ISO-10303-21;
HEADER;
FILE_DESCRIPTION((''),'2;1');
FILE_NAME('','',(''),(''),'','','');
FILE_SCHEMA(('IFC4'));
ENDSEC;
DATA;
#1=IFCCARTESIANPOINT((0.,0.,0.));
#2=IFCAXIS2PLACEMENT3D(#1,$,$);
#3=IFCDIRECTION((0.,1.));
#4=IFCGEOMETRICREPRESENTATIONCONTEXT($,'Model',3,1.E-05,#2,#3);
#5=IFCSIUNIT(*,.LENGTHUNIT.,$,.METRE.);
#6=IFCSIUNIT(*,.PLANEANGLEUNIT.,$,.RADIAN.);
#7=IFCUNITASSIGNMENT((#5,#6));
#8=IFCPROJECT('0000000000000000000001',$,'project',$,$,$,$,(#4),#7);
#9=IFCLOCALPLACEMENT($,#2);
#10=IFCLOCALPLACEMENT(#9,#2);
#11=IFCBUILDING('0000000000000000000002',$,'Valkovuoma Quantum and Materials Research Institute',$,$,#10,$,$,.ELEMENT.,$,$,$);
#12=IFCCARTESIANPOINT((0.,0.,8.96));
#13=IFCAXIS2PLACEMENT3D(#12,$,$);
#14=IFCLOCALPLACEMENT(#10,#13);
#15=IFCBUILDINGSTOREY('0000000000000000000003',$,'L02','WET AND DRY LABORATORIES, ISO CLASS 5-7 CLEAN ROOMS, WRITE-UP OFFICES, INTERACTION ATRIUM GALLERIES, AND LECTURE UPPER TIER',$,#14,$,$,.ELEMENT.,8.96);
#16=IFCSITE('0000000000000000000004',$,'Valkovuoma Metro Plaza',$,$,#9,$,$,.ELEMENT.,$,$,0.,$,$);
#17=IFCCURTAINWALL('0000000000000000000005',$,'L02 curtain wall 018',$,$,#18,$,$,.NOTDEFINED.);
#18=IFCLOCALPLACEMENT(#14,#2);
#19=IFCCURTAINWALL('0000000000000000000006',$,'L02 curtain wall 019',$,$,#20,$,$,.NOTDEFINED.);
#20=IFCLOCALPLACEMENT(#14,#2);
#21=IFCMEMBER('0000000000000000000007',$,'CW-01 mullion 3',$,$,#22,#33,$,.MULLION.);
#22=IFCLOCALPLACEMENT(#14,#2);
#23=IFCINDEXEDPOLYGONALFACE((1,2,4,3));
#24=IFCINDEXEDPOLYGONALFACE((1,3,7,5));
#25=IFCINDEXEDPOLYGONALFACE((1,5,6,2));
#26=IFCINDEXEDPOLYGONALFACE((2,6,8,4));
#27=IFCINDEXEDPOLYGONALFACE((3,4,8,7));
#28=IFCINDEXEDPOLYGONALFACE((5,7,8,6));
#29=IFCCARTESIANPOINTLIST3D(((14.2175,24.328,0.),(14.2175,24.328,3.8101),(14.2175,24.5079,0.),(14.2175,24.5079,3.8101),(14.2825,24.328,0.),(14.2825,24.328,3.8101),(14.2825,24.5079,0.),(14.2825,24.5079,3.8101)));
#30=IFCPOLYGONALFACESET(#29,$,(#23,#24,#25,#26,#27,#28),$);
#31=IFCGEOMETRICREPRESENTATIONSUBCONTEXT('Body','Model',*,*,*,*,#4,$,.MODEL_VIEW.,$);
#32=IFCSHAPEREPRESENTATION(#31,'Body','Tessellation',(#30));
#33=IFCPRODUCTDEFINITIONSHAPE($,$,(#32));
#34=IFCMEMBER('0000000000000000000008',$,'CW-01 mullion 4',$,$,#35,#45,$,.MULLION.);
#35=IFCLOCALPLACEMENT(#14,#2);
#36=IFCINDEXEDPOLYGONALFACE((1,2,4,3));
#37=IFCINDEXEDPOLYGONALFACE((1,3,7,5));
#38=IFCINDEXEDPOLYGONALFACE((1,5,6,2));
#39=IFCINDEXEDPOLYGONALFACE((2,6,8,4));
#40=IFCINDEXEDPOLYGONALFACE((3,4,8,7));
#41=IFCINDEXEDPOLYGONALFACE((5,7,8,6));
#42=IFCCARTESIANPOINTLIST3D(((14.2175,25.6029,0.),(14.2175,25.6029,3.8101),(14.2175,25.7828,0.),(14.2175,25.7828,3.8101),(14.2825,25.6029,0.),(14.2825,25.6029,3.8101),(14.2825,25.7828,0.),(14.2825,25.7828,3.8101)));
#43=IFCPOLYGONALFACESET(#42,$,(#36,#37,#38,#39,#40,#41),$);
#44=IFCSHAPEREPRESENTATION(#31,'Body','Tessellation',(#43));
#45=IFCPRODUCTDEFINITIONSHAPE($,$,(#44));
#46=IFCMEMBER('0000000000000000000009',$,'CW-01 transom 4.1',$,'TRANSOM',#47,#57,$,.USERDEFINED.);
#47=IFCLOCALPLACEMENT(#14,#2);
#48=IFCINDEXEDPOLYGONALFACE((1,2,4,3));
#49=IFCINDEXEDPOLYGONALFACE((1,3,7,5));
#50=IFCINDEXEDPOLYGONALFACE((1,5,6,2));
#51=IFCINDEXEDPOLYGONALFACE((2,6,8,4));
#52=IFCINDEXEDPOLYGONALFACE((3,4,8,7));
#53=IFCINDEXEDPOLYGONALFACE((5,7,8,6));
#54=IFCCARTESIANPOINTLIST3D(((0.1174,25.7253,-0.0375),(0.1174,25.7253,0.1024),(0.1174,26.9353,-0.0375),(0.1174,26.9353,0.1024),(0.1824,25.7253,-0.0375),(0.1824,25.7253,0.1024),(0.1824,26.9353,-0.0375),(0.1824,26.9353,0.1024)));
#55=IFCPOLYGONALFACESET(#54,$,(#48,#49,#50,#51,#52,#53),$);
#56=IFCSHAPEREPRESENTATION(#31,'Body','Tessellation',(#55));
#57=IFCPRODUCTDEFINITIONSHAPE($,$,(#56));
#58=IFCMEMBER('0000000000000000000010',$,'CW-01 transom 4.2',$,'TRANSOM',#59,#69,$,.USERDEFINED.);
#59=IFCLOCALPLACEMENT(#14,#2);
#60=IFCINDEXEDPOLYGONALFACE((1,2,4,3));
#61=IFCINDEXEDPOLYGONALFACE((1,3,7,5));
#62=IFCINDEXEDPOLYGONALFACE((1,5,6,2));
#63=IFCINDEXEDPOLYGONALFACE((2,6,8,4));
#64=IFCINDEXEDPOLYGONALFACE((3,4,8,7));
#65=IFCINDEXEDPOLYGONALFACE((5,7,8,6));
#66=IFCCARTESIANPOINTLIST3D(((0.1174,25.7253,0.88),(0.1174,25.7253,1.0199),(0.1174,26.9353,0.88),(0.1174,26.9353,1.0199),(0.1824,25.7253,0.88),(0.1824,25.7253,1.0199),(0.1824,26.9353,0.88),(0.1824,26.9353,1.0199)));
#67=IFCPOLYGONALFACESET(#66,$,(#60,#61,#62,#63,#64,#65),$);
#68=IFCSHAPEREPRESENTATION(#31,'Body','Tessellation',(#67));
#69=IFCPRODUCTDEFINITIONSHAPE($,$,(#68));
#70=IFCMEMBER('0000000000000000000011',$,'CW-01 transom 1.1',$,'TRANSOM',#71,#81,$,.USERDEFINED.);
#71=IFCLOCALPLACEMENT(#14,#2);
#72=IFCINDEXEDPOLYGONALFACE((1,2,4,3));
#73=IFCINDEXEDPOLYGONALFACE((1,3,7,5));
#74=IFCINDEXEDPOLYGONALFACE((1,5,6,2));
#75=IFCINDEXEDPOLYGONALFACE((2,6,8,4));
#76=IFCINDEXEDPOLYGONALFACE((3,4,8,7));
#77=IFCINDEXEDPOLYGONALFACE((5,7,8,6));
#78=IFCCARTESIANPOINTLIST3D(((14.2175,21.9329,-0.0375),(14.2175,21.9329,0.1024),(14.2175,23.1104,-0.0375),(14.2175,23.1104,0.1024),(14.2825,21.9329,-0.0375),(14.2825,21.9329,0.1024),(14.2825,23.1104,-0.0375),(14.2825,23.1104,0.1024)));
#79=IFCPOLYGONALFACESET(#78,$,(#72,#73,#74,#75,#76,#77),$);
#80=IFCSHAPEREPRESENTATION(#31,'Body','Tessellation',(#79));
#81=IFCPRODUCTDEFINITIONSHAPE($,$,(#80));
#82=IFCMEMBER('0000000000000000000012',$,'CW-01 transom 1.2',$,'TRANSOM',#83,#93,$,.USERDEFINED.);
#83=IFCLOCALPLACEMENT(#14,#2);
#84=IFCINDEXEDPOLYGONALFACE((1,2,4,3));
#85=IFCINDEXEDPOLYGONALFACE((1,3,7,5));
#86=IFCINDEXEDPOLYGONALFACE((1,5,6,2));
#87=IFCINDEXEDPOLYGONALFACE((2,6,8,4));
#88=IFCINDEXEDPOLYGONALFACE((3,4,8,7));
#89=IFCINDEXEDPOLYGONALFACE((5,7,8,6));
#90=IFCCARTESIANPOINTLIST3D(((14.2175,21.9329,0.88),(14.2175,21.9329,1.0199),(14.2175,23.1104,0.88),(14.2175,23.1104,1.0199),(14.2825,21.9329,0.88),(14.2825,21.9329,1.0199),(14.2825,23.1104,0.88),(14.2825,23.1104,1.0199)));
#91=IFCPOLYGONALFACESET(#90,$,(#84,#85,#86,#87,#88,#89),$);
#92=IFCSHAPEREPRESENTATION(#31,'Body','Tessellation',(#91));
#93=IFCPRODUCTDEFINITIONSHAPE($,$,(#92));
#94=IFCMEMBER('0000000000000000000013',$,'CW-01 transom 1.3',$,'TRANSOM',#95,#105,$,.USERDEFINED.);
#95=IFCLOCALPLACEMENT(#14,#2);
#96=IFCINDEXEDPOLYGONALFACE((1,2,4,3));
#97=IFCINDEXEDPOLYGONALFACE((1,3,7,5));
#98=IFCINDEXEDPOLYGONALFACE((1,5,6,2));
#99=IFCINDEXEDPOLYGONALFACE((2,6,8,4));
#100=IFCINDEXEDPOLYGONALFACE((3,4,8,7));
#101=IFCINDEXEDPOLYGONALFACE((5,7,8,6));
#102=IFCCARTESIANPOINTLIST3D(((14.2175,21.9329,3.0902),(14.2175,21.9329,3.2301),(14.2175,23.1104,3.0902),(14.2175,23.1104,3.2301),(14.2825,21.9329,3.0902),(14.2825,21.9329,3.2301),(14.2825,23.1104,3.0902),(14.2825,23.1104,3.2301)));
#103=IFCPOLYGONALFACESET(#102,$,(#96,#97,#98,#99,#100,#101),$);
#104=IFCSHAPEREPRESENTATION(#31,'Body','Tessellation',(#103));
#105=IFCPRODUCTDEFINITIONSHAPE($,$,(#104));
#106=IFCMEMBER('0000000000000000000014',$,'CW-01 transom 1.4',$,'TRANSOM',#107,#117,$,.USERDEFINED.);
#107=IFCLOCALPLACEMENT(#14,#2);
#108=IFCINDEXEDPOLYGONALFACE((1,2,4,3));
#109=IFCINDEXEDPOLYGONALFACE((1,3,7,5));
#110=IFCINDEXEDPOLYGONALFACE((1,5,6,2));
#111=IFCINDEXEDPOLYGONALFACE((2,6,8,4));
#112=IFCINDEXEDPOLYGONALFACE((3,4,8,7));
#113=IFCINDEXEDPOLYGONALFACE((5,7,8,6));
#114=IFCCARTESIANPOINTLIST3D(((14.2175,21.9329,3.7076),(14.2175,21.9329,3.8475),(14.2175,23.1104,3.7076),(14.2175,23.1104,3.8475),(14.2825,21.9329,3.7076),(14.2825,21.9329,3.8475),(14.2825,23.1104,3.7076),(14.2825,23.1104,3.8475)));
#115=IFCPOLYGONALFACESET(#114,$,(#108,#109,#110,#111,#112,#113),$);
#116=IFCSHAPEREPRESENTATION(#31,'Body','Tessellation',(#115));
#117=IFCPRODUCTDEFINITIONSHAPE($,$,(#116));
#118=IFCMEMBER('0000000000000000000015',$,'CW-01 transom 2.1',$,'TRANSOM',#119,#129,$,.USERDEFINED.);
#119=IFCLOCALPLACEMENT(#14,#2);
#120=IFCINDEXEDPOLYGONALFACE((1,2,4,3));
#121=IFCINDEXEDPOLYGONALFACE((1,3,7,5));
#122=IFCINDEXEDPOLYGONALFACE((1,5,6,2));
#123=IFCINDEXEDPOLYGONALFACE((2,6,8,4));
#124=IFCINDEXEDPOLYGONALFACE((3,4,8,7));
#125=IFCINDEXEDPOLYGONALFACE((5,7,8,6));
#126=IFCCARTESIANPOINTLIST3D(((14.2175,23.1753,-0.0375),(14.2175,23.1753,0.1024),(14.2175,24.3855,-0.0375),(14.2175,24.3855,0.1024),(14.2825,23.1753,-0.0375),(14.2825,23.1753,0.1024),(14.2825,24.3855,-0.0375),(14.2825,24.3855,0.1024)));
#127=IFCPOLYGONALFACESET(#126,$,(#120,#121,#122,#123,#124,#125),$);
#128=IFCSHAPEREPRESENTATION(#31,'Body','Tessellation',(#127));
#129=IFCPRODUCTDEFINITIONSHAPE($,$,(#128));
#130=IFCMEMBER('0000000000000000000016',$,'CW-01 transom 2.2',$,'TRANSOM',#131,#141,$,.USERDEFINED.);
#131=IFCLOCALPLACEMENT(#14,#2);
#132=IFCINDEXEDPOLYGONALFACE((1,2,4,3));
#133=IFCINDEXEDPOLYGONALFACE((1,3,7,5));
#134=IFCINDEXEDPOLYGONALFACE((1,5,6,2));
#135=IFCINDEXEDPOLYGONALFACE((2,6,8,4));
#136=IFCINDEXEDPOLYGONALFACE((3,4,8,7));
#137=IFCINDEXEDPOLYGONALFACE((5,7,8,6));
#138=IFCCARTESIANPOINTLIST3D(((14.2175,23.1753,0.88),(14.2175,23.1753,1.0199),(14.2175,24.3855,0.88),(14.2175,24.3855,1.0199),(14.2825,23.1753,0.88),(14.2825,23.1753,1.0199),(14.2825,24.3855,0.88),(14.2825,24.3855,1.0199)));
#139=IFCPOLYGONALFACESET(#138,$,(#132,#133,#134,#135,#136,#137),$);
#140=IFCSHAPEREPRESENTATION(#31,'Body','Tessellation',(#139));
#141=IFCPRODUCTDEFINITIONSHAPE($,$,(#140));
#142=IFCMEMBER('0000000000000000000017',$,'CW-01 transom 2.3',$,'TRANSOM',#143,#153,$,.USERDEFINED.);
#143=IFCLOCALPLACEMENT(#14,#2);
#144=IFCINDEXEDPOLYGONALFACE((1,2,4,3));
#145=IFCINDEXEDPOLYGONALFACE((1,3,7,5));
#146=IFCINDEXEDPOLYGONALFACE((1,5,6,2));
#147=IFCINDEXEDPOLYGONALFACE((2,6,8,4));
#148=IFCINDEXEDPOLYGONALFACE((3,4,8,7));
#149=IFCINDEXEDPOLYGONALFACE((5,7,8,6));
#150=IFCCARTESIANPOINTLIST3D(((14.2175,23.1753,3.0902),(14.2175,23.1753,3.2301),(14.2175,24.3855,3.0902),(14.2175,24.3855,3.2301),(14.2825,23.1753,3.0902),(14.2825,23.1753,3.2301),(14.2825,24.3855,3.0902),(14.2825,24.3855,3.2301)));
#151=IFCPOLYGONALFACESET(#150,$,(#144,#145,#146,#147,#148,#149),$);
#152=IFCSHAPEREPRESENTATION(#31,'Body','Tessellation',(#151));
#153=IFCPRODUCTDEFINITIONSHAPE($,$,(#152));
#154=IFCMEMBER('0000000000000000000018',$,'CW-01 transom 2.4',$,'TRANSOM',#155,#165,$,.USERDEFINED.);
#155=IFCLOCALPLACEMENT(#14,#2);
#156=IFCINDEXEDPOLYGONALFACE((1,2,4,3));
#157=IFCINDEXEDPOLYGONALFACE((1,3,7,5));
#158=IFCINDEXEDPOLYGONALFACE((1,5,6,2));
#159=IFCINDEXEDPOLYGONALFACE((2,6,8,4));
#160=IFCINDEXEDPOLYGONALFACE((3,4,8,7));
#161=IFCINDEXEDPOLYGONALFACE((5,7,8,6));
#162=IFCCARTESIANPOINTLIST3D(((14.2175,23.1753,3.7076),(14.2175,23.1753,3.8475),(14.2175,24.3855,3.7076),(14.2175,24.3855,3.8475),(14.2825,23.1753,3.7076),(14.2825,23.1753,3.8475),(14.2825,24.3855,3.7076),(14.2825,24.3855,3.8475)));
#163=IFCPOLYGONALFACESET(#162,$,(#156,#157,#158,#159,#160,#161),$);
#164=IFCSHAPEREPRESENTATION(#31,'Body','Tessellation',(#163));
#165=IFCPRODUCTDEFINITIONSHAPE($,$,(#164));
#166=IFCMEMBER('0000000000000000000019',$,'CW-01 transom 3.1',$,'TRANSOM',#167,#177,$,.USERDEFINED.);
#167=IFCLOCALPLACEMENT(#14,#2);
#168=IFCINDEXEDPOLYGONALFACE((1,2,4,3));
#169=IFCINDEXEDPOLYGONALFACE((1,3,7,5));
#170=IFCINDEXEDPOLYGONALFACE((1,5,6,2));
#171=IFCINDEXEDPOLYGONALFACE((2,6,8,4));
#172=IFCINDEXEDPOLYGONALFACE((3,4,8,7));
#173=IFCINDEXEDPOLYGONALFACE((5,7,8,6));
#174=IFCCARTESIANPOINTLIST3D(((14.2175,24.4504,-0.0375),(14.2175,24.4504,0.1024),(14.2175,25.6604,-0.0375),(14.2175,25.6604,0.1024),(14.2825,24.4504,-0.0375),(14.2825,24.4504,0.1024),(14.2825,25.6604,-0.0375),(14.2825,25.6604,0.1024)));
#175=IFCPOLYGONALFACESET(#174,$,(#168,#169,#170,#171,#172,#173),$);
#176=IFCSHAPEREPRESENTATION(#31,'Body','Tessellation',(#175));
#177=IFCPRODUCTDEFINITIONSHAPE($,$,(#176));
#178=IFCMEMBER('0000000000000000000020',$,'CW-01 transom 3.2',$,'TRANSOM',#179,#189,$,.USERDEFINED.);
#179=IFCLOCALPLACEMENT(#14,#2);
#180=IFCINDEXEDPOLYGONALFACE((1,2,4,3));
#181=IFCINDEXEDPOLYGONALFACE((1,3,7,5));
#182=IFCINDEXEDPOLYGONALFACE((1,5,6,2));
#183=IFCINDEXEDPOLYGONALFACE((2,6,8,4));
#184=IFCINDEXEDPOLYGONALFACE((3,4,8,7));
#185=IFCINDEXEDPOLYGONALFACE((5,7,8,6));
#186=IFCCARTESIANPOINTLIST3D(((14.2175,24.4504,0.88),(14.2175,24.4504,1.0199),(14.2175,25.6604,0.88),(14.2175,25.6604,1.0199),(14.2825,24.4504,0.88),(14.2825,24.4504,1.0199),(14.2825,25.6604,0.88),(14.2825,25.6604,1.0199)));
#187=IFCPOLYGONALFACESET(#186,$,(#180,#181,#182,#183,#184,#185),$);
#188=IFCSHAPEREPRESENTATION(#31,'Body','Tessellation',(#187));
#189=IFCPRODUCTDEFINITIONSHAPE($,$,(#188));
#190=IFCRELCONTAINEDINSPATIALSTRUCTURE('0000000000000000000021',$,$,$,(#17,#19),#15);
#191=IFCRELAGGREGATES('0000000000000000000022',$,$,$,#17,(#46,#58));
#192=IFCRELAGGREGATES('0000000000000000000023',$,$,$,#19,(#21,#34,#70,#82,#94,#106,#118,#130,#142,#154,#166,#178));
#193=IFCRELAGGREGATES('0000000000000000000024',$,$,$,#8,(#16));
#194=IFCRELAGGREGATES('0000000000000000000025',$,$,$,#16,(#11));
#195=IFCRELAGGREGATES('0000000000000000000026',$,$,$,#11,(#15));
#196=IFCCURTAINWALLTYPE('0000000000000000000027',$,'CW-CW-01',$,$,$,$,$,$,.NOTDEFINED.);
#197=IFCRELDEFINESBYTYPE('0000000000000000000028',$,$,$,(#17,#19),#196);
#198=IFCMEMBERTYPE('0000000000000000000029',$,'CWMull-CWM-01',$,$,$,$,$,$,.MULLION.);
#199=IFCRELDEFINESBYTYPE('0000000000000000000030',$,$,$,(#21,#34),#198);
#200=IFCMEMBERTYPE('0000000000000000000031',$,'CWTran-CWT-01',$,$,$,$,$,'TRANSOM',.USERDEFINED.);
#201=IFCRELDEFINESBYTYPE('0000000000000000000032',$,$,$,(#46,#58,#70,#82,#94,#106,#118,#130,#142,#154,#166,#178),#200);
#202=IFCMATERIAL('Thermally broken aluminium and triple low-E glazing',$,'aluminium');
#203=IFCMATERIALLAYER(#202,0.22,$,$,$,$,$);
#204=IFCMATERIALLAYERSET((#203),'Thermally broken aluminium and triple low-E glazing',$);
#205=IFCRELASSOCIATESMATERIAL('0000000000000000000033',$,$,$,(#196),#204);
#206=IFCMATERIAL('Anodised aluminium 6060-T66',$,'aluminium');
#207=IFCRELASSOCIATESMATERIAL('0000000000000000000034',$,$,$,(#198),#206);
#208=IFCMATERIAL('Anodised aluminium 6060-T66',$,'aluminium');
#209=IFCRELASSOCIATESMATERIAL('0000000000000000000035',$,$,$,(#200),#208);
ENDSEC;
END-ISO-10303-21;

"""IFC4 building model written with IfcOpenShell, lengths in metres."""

from ifc_helpers import new_model, si_unit, direction, frame, origin, origin_2d, place, context, subcontext, project, spatial, rectangle, extrude, material, layer, layer_set, material_profile, profile_set, type_object, element, aggregate, save


model = new_model("IFC4")

# Units and contexts
model_context = context("Model", 3, precision=1e-05, world=origin(), true_north=direction((0.0, 1.0)))
body_context = subcontext(model_context, "Body", "Model", "MODEL_VIEW")
ifc_project = project(units=[si_unit("LENGTHUNIT", "METRE"), si_unit("PLANEANGLEUNIT", "RADIAN")], contexts=[model_context])

# Site, building, storey
site_placement = place(None, origin())
site = spatial("IfcSite", under=ifc_project, at=site_placement, Name="Valkovuoma Metro Plaza", CompositionType="ELEMENT", RefElevation=0.0)
building_placement = place(site_placement, origin())
building = spatial("IfcBuilding", under=site, at=building_placement, Name="Valkovuoma Quantum and Materials Research Institute", CompositionType="ELEMENT")
storey_placement = place(building_placement, frame((0.0, 0.0, 8.96)))
storey = spatial("IfcBuildingStorey", under=building, at=storey_placement, Name="L02", Description="WET AND DRY LABORATORIES, ISO CLASS 5-7 CLEAN ROOMS, WRITE-UP OFFICES, INTERACTION ATRIUM GALLERIES, AND LECTURE UPPER TIER", CompositionType="ELEMENT", Elevation=8.96)

# Curtain wall
ifc_material_1 = material(Name="Thermally broken aluminium and triple low-E glazing", Category="aluminium")
ifc_layer_1 = layer(ifc_material_1, 0.22)
ifc_layer_set_1 = layer_set([ifc_layer_1], Name="Thermally broken aluminium and triple low-E glazing")
curtain_wall_type = type_object("IfcCurtainWallType", Name="CW-CW-01", PredefinedType="NOTDEFINED", material=ifc_layer_set_1)
curtain_wall_1_placement = place(storey_placement, origin())
curtain_wall_1 = element("IfcCurtainWall", 1, at=curtain_wall_1_placement, inside=storey, type_object=curtain_wall_type, Name="L02 curtain wall 018", PredefinedType="NOTDEFINED")
ifc_material_2 = material(Name="Anodised aluminium 6060-T66", Category="aluminium")
ifc_material_profile_1 = material_profile(ifc_material_2, rectangle(XDim=0.0649, YDim=0.1799, at=origin_2d()), Name="Anodised aluminium 6060-T66")
ifc_profile_set_1 = profile_set([ifc_material_profile_1], Name="Anodised aluminium 6060-T66")
member_type_1 = type_object("IfcMemberType", Name="CWMull-CWM-01", PredefinedType="MULLION", material=ifc_profile_set_1)

# Curtain wall, members
curtain_wall_2_placement = place(storey_placement, origin())
curtain_wall_2 = element("IfcCurtainWall", 2, at=curtain_wall_2_placement, inside=storey, type_object=curtain_wall_type, Name="L02 curtain wall 019", PredefinedType="NOTDEFINED")
member_1_placement = place(storey_placement, frame((14.25, 24.418, 0.0), z_axis=(0.0, 0.0, 1.0), x_axis=(-1.0, 0.0, 0.0)))
member_1 = element("IfcMember", 3, at=member_1_placement, type_object=member_type_1, Name="CW-01 mullion 3", PredefinedType="MULLION", context=body_context, shape_type="SweptSolid", body=[
    extrude(rectangle(XDim=0.0649, YDim=0.1799, at=origin_2d()), origin(), (0.0, 0.0, 1.0), 3.8101),
])
member_2_placement = place(storey_placement, frame((14.25, 25.6929, 0.0), z_axis=(0.0, 0.0, 1.0), x_axis=(-1.0, 0.0, 0.0)))
member_2 = element("IfcMember", 4, at=member_2_placement, type_object=member_type_1, Name="CW-01 mullion 4", PredefinedType="MULLION", context=body_context, shape_type="SweptSolid", body=[
    extrude(rectangle(XDim=0.0649, YDim=0.1799, at=origin_2d()), origin(), (0.0, 0.0, 1.0), 3.8101),
])

# Members
ifc_material_3 = material(Name="Anodised aluminium 6060-T66", Category="aluminium")
ifc_material_profile_2 = material_profile(ifc_material_3, rectangle(XDim=0.0649, YDim=0.1399, at=origin_2d()), Name="Anodised aluminium 6060-T66")
ifc_profile_set_2 = profile_set([ifc_material_profile_2], Name="Anodised aluminium 6060-T66")
member_type_2 = type_object("IfcMemberType", Name="CWTran-CWT-01", ElementType="TRANSOM", PredefinedType="USERDEFINED", material=ifc_profile_set_2)
member_3_placement = place(storey_placement, frame((0.1499, 25.7253, 0.0325), z_axis=(0.0, 1.0, 0.0), x_axis=(-1.0, 0.0, 0.0)))
member_3 = element("IfcMember", 5, at=member_3_placement, type_object=member_type_2, Name="CW-01 transom 4.1", ObjectType="TRANSOM", PredefinedType="USERDEFINED", context=body_context, shape_type="SweptSolid", body=[
    extrude(rectangle(XDim=0.0649, YDim=0.1399, at=origin_2d()), origin(), (0.0, 0.0, 1.0), 1.21),
])
member_4_placement = place(storey_placement, frame((0.1499, 25.7253, 0.95), z_axis=(0.0, 1.0, 0.0), x_axis=(-1.0, 0.0, 0.0)))
member_4 = element("IfcMember", 6, at=member_4_placement, type_object=member_type_2, Name="CW-01 transom 4.2", ObjectType="TRANSOM", PredefinedType="USERDEFINED", context=body_context, shape_type="SweptSolid", body=[
    extrude(rectangle(XDim=0.0649, YDim=0.1399, at=origin_2d()), origin(), (0.0, 0.0, 1.0), 1.21),
])
aggregate(curtain_wall_1, [member_3, member_4])
member_5_placement = place(storey_placement, frame((14.25, 21.9329, 0.0325), z_axis=(0.0, 1.0, 0.0), x_axis=(-1.0, 0.0, 0.0)))
member_5 = element("IfcMember", 7, at=member_5_placement, type_object=member_type_2, Name="CW-01 transom 1.1", ObjectType="TRANSOM", PredefinedType="USERDEFINED", context=body_context, shape_type="SweptSolid", body=[
    extrude(rectangle(XDim=0.0649, YDim=0.1399, at=origin_2d()), origin(), (0.0, 0.0, 1.0), 1.1775),
])
member_6_placement = place(storey_placement, frame((14.25, 21.9329, 0.95), z_axis=(0.0, 1.0, 0.0), x_axis=(-1.0, 0.0, 0.0)))
member_6 = element("IfcMember", 8, at=member_6_placement, type_object=member_type_2, Name="CW-01 transom 1.2", ObjectType="TRANSOM", PredefinedType="USERDEFINED", context=body_context, shape_type="SweptSolid", body=[
    extrude(rectangle(XDim=0.0649, YDim=0.1399, at=origin_2d()), origin(), (0.0, 0.0, 1.0), 1.1775),
])
member_7_placement = place(storey_placement, frame((14.25, 21.9329, 3.1602), z_axis=(0.0, 1.0, 0.0), x_axis=(-1.0, 0.0, 0.0)))
member_7 = element("IfcMember", 9, at=member_7_placement, type_object=member_type_2, Name="CW-01 transom 1.3", ObjectType="TRANSOM", PredefinedType="USERDEFINED", context=body_context, shape_type="SweptSolid", body=[
    extrude(rectangle(XDim=0.0649, YDim=0.1399, at=origin_2d()), origin(), (0.0, 0.0, 1.0), 1.1775),
])
member_8_placement = place(storey_placement, frame((14.25, 21.9329, 3.7776), z_axis=(0.0, 1.0, 0.0), x_axis=(-1.0, 0.0, 0.0)))
member_8 = element("IfcMember", 10, at=member_8_placement, type_object=member_type_2, Name="CW-01 transom 1.4", ObjectType="TRANSOM", PredefinedType="USERDEFINED", context=body_context, shape_type="SweptSolid", body=[
    extrude(rectangle(XDim=0.0649, YDim=0.1399, at=origin_2d()), origin(), (0.0, 0.0, 1.0), 1.1775),
])
member_9_placement = place(storey_placement, frame((14.25, 23.1753, 0.0325), z_axis=(0.0, 1.0, 0.0), x_axis=(-1.0, 0.0, 0.0)))
member_9 = element("IfcMember", 11, at=member_9_placement, type_object=member_type_2, Name="CW-01 transom 2.1", ObjectType="TRANSOM", PredefinedType="USERDEFINED", context=body_context, shape_type="SweptSolid", body=[
    extrude(rectangle(XDim=0.0649, YDim=0.1399, at=origin_2d()), origin(), (0.0, 0.0, 1.0), 1.2102),
])
member_10_placement = place(storey_placement, frame((14.25, 23.1753, 0.95), z_axis=(0.0, 1.0, 0.0), x_axis=(-1.0, 0.0, 0.0)))
member_10 = element("IfcMember", 12, at=member_10_placement, type_object=member_type_2, Name="CW-01 transom 2.2", ObjectType="TRANSOM", PredefinedType="USERDEFINED", context=body_context, shape_type="SweptSolid", body=[
    extrude(rectangle(XDim=0.0649, YDim=0.1399, at=origin_2d()), origin(), (0.0, 0.0, 1.0), 1.2102),
])
member_11_placement = place(storey_placement, frame((14.25, 23.1753, 3.1602), z_axis=(0.0, 1.0, 0.0), x_axis=(-1.0, 0.0, 0.0)))
member_11 = element("IfcMember", 13, at=member_11_placement, type_object=member_type_2, Name="CW-01 transom 2.3", ObjectType="TRANSOM", PredefinedType="USERDEFINED", context=body_context, shape_type="SweptSolid", body=[
    extrude(rectangle(XDim=0.0649, YDim=0.1399, at=origin_2d()), origin(), (0.0, 0.0, 1.0), 1.2102),
])
member_12_placement = place(storey_placement, frame((14.25, 23.1753, 3.7776), z_axis=(0.0, 1.0, 0.0), x_axis=(-1.0, 0.0, 0.0)))
member_12 = element("IfcMember", 14, at=member_12_placement, type_object=member_type_2, Name="CW-01 transom 2.4", ObjectType="TRANSOM", PredefinedType="USERDEFINED", context=body_context, shape_type="SweptSolid", body=[
    extrude(rectangle(XDim=0.0649, YDim=0.1399, at=origin_2d()), origin(), (0.0, 0.0, 1.0), 1.2102),
])
member_13_placement = place(storey_placement, frame((14.25, 24.4504, 0.0325), z_axis=(0.0, 1.0, 0.0), x_axis=(-1.0, 0.0, 0.0)))
member_13 = element("IfcMember", 15, at=member_13_placement, type_object=member_type_2, Name="CW-01 transom 3.1", ObjectType="TRANSOM", PredefinedType="USERDEFINED", context=body_context, shape_type="SweptSolid", body=[
    extrude(rectangle(XDim=0.0649, YDim=0.1399, at=origin_2d()), origin(), (0.0, 0.0, 1.0), 1.21),
])
member_14_placement = place(storey_placement, frame((14.25, 24.4504, 0.95), z_axis=(0.0, 1.0, 0.0), x_axis=(-1.0, 0.0, 0.0)))
member_14 = element("IfcMember", 16, at=member_14_placement, type_object=member_type_2, Name="CW-01 transom 3.2", ObjectType="TRANSOM", PredefinedType="USERDEFINED", context=body_context, shape_type="SweptSolid", body=[
    extrude(rectangle(XDim=0.0649, YDim=0.1399, at=origin_2d()), origin(), (0.0, 0.0, 1.0), 1.21),
])

aggregate(curtain_wall_2, [member_1, member_2, member_5, member_6, member_7, member_8, member_9, member_10, member_11, member_12, member_13, member_14])

save(model, "model.ifc")
